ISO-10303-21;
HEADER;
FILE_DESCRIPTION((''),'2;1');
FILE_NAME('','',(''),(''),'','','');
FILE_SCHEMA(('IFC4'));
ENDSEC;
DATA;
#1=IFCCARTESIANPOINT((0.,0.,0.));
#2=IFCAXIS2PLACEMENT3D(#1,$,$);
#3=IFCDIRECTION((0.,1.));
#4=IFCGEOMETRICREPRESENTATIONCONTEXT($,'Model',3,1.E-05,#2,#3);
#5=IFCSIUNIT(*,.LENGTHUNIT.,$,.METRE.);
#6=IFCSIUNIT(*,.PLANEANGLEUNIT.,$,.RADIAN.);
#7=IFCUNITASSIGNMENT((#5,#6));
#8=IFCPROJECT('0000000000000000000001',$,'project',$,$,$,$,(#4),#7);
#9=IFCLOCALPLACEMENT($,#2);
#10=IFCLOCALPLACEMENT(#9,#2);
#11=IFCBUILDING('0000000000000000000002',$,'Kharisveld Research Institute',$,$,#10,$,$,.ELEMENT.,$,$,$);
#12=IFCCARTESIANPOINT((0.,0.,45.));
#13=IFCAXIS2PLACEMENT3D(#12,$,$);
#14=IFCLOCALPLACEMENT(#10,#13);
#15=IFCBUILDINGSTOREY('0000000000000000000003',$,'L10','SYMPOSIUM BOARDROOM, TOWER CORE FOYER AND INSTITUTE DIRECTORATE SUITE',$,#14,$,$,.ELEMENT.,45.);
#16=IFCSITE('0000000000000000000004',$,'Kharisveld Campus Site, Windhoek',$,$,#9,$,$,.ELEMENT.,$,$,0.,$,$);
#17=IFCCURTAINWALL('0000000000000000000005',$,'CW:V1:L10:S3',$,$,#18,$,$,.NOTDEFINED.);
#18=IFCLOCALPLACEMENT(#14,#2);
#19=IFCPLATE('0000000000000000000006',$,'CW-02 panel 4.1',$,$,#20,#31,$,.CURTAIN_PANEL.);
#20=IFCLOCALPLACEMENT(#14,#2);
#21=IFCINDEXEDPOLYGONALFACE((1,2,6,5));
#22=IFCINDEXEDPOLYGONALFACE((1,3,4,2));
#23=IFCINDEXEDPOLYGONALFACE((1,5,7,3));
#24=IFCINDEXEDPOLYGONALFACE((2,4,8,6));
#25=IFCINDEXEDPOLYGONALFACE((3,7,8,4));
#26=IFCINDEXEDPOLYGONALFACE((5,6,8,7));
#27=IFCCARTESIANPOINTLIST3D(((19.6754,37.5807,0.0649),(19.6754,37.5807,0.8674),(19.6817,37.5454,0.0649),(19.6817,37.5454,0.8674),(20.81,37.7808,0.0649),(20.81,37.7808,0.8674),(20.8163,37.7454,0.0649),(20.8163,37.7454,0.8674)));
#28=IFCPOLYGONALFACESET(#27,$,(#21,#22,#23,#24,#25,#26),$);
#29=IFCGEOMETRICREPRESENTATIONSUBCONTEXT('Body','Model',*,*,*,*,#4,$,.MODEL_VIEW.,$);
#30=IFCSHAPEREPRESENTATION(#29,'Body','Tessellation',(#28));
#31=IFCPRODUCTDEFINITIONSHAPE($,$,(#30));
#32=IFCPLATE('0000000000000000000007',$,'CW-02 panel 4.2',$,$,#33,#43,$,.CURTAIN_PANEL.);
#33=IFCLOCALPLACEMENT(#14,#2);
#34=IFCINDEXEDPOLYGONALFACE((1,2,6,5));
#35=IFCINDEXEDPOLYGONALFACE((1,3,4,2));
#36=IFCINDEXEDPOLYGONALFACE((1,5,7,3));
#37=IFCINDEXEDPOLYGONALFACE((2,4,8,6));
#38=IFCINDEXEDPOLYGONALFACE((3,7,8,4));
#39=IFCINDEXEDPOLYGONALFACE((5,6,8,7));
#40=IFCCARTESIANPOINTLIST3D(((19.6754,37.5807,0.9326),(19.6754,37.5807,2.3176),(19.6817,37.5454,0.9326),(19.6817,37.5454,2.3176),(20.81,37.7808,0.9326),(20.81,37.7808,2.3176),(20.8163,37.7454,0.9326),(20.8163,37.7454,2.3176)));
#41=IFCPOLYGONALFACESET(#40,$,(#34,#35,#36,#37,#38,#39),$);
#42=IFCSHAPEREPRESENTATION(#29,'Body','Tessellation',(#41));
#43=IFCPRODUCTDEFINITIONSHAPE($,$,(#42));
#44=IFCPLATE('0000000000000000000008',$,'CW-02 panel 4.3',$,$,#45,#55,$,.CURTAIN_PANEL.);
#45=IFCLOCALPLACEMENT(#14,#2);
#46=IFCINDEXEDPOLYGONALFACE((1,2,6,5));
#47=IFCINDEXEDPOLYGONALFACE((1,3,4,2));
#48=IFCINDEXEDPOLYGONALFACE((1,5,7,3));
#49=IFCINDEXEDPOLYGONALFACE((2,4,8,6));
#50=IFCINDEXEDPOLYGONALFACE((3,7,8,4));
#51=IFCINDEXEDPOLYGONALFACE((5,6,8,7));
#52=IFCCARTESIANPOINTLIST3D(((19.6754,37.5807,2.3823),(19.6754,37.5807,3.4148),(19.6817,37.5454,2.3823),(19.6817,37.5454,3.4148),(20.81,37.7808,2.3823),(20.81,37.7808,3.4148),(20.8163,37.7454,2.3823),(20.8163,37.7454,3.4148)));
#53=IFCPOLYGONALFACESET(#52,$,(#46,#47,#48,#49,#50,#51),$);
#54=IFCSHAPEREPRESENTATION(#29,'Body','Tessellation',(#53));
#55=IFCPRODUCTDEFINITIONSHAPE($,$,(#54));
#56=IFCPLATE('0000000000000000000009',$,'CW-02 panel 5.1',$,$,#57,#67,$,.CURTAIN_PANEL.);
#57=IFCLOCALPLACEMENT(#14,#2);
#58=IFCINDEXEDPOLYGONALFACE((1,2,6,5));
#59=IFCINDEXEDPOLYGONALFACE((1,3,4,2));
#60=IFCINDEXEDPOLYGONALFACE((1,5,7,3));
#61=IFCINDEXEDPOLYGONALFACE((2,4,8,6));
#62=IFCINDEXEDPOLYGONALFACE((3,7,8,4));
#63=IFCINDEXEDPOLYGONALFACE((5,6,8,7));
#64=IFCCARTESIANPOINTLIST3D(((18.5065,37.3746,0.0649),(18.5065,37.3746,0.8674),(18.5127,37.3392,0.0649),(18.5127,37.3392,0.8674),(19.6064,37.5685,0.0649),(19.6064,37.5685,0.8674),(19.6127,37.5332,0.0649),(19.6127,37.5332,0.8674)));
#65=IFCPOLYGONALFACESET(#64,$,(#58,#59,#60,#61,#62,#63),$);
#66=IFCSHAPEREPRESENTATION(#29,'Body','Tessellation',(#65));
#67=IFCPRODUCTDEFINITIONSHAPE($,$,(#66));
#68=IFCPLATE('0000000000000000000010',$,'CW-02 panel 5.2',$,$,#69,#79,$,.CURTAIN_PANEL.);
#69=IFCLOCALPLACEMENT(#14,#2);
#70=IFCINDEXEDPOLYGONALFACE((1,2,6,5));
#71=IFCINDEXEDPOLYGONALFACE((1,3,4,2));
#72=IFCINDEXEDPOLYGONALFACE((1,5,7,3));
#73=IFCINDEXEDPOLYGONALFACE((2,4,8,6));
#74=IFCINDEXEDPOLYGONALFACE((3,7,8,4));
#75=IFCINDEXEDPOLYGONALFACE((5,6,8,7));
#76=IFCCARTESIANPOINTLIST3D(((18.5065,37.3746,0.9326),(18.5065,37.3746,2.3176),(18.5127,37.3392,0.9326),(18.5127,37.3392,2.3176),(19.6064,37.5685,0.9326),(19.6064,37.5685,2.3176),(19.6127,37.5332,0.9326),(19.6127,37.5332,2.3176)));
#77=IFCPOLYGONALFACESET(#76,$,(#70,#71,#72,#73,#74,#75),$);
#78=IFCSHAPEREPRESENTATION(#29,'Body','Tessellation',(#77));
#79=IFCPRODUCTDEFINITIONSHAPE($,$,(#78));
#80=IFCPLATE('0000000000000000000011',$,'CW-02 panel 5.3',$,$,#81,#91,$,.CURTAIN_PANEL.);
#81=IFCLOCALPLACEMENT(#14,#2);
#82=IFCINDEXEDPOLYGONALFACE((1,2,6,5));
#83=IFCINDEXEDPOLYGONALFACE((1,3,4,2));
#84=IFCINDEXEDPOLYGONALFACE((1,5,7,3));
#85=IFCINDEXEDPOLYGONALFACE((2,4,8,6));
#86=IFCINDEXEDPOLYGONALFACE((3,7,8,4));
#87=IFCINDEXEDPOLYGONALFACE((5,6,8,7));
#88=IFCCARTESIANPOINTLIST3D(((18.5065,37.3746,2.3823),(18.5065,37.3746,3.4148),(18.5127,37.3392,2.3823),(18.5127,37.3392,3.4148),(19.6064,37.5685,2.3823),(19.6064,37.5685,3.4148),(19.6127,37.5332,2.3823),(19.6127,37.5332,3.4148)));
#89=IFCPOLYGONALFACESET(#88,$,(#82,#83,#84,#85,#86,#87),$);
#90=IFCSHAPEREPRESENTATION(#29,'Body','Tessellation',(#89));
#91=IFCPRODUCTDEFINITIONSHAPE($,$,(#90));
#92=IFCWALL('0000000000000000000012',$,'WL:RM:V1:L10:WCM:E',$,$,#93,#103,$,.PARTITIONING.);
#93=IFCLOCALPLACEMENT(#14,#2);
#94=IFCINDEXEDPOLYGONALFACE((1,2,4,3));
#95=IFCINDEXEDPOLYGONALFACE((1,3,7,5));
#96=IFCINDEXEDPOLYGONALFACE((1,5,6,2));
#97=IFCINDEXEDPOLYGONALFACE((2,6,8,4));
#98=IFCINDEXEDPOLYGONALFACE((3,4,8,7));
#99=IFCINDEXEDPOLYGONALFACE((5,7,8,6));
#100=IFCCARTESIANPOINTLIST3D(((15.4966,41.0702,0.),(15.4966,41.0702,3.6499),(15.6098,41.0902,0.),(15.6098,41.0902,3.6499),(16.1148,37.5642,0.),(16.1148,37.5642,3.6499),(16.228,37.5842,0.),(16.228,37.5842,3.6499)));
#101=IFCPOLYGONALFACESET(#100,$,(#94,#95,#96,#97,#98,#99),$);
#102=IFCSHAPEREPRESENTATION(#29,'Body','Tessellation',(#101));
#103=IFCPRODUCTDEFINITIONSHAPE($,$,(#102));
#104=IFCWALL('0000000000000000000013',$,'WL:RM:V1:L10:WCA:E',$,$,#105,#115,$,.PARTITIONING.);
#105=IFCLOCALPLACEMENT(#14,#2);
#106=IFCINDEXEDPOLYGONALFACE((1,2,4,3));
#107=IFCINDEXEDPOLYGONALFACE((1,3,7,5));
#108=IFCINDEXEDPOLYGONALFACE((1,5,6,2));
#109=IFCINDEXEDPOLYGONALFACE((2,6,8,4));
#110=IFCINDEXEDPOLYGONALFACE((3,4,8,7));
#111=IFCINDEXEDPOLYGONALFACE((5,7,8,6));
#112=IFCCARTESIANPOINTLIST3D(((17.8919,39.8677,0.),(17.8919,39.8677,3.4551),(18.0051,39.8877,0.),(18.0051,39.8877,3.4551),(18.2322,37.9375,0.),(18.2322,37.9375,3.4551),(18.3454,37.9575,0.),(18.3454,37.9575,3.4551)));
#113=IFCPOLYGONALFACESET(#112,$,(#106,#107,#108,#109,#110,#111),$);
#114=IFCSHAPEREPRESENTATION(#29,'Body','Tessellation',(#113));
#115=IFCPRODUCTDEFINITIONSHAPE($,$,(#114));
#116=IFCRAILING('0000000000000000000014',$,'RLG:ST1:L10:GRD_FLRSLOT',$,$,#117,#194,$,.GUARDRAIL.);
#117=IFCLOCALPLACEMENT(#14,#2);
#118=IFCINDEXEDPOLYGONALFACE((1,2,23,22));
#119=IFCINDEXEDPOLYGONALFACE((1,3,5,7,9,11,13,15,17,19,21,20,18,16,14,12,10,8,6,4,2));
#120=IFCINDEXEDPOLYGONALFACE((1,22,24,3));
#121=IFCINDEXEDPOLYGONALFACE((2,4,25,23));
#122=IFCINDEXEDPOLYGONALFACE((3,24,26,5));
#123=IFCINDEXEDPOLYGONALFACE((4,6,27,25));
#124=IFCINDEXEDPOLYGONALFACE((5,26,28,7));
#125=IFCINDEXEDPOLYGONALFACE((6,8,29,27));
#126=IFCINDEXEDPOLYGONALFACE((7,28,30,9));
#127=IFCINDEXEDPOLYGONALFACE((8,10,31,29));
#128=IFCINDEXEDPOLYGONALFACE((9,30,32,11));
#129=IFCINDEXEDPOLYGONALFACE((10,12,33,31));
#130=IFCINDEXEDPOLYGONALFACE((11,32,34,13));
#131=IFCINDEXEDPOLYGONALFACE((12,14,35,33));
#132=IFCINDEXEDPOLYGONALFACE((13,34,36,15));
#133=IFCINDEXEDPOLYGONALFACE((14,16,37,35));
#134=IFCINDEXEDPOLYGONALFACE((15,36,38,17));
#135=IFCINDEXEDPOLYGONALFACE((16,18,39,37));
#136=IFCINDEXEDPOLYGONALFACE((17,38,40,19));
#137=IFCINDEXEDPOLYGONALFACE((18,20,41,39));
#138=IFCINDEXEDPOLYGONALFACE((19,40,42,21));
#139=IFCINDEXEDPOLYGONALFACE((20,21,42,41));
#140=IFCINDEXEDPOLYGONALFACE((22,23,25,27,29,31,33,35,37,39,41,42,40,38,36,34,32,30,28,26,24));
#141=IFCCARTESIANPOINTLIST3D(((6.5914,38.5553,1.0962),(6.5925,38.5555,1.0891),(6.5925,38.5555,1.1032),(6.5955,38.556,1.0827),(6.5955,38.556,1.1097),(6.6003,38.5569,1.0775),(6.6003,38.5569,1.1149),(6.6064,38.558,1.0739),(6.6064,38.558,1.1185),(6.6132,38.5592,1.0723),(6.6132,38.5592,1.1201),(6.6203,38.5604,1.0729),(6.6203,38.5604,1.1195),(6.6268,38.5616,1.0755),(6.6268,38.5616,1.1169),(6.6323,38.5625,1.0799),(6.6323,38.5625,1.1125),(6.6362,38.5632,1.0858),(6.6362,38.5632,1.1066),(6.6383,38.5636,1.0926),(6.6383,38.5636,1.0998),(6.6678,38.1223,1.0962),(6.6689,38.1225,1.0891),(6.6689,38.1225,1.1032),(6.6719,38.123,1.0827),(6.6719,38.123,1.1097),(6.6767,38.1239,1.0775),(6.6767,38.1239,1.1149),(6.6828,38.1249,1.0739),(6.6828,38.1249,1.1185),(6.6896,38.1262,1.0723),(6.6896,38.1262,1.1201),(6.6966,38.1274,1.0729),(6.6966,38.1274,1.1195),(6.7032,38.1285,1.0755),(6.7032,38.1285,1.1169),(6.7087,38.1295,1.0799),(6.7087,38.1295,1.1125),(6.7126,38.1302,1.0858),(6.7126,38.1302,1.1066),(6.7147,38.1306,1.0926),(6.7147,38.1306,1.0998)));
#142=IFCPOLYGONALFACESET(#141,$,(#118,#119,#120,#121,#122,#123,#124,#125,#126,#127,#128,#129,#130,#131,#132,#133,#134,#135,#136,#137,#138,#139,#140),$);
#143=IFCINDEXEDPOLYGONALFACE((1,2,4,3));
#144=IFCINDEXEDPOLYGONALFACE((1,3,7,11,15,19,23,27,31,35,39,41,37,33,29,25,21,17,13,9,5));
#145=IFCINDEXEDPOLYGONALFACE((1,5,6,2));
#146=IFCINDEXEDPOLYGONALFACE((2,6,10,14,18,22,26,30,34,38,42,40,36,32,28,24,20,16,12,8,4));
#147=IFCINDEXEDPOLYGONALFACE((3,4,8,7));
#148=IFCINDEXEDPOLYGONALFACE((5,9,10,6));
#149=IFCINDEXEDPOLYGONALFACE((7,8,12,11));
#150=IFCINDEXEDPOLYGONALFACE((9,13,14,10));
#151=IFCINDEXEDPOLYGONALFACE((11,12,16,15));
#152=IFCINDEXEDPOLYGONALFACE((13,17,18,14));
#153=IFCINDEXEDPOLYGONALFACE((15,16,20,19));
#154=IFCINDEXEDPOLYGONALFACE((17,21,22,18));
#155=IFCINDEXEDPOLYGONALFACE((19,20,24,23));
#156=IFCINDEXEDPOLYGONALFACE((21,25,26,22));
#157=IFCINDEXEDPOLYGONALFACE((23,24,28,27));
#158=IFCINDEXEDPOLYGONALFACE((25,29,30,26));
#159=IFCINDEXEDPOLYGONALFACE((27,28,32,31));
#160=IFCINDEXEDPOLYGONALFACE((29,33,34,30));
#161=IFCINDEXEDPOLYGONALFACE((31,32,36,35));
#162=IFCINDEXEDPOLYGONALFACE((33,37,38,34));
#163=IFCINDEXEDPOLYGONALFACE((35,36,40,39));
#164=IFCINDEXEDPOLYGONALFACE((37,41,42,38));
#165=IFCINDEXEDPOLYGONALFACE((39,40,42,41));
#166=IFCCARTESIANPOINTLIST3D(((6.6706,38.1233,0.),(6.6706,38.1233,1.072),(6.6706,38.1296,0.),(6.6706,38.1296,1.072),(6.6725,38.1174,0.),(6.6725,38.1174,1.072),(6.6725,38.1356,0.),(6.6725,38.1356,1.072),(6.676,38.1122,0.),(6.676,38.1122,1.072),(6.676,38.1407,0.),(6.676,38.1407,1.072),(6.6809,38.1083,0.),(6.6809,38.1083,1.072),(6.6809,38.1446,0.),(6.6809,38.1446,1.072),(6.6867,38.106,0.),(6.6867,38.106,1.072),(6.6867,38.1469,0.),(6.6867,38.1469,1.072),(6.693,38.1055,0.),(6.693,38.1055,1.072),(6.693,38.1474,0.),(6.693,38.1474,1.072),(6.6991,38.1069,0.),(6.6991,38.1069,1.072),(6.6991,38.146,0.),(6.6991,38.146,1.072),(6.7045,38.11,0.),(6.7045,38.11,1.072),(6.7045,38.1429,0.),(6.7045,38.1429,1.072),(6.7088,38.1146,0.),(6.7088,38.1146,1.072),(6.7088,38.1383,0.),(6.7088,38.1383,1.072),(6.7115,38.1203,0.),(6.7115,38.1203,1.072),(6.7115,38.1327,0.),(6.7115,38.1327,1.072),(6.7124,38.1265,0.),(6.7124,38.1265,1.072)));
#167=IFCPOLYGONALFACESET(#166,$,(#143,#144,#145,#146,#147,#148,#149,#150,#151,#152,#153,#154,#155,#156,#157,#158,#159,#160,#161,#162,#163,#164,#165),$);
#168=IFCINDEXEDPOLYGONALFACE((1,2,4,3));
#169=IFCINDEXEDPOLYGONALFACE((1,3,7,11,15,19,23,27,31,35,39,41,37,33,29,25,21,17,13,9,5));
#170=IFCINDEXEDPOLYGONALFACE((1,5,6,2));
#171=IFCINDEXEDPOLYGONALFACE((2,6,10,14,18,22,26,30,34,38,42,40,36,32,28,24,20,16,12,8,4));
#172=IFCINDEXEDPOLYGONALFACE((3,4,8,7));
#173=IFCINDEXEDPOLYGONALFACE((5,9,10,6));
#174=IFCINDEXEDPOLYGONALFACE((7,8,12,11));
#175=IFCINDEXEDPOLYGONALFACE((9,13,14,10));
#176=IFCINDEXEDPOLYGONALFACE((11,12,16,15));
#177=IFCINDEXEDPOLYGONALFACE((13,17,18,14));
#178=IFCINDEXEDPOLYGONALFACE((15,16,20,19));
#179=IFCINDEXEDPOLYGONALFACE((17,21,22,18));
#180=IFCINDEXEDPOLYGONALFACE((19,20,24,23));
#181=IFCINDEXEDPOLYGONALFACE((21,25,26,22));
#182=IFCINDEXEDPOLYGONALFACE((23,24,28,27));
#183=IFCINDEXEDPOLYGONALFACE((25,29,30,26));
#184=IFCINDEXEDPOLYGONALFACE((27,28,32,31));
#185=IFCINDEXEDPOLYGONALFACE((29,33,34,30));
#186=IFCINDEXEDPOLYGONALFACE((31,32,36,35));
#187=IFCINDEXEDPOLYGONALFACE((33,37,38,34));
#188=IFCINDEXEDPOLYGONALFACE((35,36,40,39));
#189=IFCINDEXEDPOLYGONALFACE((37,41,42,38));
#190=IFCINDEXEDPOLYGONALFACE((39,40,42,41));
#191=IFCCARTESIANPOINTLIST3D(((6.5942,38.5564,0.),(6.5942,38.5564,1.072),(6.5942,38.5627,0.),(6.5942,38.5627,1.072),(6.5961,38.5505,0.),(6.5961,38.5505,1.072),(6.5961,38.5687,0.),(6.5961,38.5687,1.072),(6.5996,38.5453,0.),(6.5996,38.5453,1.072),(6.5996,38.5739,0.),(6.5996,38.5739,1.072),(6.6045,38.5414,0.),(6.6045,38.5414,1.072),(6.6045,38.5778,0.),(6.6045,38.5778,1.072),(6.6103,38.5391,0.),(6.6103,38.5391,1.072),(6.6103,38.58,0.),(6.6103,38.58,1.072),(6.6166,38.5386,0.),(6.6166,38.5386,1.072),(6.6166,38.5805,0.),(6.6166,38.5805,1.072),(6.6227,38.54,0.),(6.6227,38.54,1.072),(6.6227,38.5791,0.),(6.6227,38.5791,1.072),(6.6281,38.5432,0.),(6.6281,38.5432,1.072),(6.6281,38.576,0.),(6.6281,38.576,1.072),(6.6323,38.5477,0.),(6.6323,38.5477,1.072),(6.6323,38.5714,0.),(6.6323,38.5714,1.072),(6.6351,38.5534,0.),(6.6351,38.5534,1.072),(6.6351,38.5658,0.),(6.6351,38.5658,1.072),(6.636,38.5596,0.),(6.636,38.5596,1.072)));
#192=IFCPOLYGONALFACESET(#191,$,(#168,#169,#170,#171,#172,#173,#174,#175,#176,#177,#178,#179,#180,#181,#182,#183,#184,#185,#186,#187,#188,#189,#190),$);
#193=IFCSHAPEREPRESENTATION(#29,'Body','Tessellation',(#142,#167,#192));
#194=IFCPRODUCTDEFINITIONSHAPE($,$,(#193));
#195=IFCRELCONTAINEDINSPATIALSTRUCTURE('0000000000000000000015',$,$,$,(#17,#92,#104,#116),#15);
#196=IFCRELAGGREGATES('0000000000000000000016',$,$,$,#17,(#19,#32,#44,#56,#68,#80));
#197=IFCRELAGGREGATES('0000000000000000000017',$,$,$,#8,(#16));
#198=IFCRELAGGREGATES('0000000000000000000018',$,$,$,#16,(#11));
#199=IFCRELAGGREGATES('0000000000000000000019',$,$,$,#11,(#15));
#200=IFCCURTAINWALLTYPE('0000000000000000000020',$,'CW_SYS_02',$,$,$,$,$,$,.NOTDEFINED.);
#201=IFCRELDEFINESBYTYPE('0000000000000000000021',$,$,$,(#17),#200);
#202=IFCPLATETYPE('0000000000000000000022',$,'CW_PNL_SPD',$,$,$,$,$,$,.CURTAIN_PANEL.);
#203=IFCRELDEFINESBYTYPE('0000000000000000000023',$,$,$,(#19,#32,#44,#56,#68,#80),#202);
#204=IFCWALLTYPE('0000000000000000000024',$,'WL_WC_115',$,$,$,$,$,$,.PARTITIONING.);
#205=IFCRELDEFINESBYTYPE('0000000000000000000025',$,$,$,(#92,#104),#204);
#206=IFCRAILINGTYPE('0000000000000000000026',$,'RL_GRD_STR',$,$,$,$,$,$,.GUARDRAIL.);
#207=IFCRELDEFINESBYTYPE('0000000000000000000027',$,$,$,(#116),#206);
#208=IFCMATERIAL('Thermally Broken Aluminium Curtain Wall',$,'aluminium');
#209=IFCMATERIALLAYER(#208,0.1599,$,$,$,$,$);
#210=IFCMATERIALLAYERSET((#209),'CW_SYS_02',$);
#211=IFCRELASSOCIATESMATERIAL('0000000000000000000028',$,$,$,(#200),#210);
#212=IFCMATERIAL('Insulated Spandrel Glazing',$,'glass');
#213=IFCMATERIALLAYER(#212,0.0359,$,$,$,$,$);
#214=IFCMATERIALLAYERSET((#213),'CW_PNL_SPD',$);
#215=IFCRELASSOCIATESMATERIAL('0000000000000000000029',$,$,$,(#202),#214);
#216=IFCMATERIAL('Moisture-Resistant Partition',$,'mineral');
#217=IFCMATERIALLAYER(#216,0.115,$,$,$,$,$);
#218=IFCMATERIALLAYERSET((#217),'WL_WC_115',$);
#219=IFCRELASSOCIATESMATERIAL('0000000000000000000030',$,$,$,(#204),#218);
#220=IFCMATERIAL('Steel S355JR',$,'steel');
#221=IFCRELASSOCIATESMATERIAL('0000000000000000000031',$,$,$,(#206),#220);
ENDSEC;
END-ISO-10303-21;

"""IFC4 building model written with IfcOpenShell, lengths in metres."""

from ifc_helpers import new_model, si_unit, direction, frame, frame_2d, origin, origin_2d, place, context, subcontext, project, spatial, rectangle, circle, extrude, material, layer, layer_set, type_object, element, aggregate, save


model = new_model("IFC4")

# Units and contexts
model_context = context("Model", 3, precision=1e-05, world=origin(), true_north=direction((0.0, 1.0)))
body_context = subcontext(model_context, "Body", "Model", "MODEL_VIEW")
ifc_project = project(units=[si_unit("LENGTHUNIT", "METRE"), si_unit("PLANEANGLEUNIT", "RADIAN")], contexts=[model_context])

# Site, building, storey
site_placement = place(None, origin())
site = spatial("IfcSite", under=ifc_project, at=site_placement, Name="Kharisveld Campus Site, Windhoek", CompositionType="ELEMENT", RefElevation=0.0)
building_placement = place(site_placement, origin())
building = spatial("IfcBuilding", under=site, at=building_placement, Name="Kharisveld Research Institute", CompositionType="ELEMENT")
storey_placement = place(building_placement, frame((0.0, 0.0, 45.0)))
storey = spatial("IfcBuildingStorey", under=building, at=storey_placement, Name="L10", Description="SYMPOSIUM BOARDROOM, TOWER CORE FOYER AND INSTITUTE DIRECTORATE SUITE", CompositionType="ELEMENT", Elevation=45.0)

# Curtain wall, plates
ifc_material_1 = material(Name="Thermally Broken Aluminium Curtain Wall", Category="aluminium")
ifc_layer_1 = layer(ifc_material_1, 0.1599)
ifc_layer_set_1 = layer_set([ifc_layer_1], Name="CW_SYS_02")
curtain_wall_type = type_object("IfcCurtainWallType", Name="CW_SYS_02", PredefinedType="NOTDEFINED", material=ifc_layer_set_1)
curtain_wall_placement = place(storey_placement, origin())
curtain_wall = element("IfcCurtainWall", 1, at=curtain_wall_placement, inside=storey, type_object=curtain_wall_type, Name="CW:V1:L10:S3", PredefinedType="NOTDEFINED")
ifc_material_2 = material(Name="Insulated Spandrel Glazing", Category="glass")
ifc_layer_2 = layer(ifc_material_2, 0.0359)
ifc_layer_set_2 = layer_set([ifc_layer_2], Name="CW_PNL_SPD")
plate_type = type_object("IfcPlateType", Name="CW_PNL_SPD", PredefinedType="CURTAIN_PANEL", material=ifc_layer_set_2)
plate_1_placement = place(storey_placement, frame((20.2458, 37.6631, 0.0649), z_axis=(0.0, 0.0, 1.0), x_axis=(-0.984808, -0.173648, 0.0)))
plate_1 = element("IfcPlate", 2, at=plate_1_placement, type_object=plate_type, Name="CW-02 panel 4.1", PredefinedType="CURTAIN_PANEL", context=body_context, shape_type="SweptSolid", body=[
    extrude(rectangle(XDim=1.1521, YDim=0.0359, at=origin_2d()), origin(), (0.0, 0.0, 1.0), 0.8025),
])
plate_2_placement = place(storey_placement, frame((20.2458, 37.6631, 0.9326), z_axis=(0.0, 0.0, 1.0), x_axis=(-0.984808, -0.173648, 0.0)))
plate_2 = element("IfcPlate", 3, at=plate_2_placement, type_object=plate_type, Name="CW-02 panel 4.2", PredefinedType="CURTAIN_PANEL", context=body_context, shape_type="SweptSolid", body=[
    extrude(rectangle(XDim=1.1521, YDim=0.0359, at=origin_2d()), origin(), (0.0, 0.0, 1.0), 1.385),
])
plate_3_placement = place(storey_placement, frame((20.2458, 37.6631, 2.3823), z_axis=(0.0, 0.0, 1.0), x_axis=(-0.984808, -0.173648, 0.0)))
plate_3 = element("IfcPlate", 4, at=plate_3_placement, type_object=plate_type, Name="CW-02 panel 4.3", PredefinedType="CURTAIN_PANEL", context=body_context, shape_type="SweptSolid", body=[
    extrude(rectangle(XDim=1.1521, YDim=0.0359, at=origin_2d()), origin(), (0.0, 0.0, 1.0), 1.0325),
])
plate_4_placement = place(storey_placement, frame((19.0596, 37.4539, 0.0649), z_axis=(0.0, 0.0, 1.0), x_axis=(-0.984808, -0.173648, 0.0)))
plate_4 = element("IfcPlate", 5, at=plate_4_placement, type_object=plate_type, Name="CW-02 panel 5.1", PredefinedType="CURTAIN_PANEL", context=body_context, shape_type="SweptSolid", body=[
    extrude(rectangle(XDim=1.1169, YDim=0.0359, at=origin_2d()), origin(), (0.0, 0.0, 1.0), 0.8025),
])
plate_5_placement = place(storey_placement, frame((19.0596, 37.4539, 0.9326), z_axis=(0.0, 0.0, 1.0), x_axis=(-0.984808, -0.173648, 0.0)))
plate_5 = element("IfcPlate", 6, at=plate_5_placement, type_object=plate_type, Name="CW-02 panel 5.2", PredefinedType="CURTAIN_PANEL", context=body_context, shape_type="SweptSolid", body=[
    extrude(rectangle(XDim=1.1169, YDim=0.0359, at=origin_2d()), origin(), (0.0, 0.0, 1.0), 1.385),
])
plate_6_placement = place(storey_placement, frame((19.0596, 37.4539, 2.3823), z_axis=(0.0, 0.0, 1.0), x_axis=(-0.984808, -0.173648, 0.0)))
plate_6 = element("IfcPlate", 7, at=plate_6_placement, type_object=plate_type, Name="CW-02 panel 5.3", PredefinedType="CURTAIN_PANEL", context=body_context, shape_type="SweptSolid", body=[
    extrude(rectangle(XDim=1.1169, YDim=0.0359, at=origin_2d()), origin(), (0.0, 0.0, 1.0), 1.0325),
])
aggregate(curtain_wall, [plate_1, plate_2, plate_3, plate_4, plate_5, plate_6])

# Walls
ifc_material_3 = material(Name="Moisture-Resistant Partition", Category="mineral")
ifc_layer_3 = layer(ifc_material_3, 0.115)
ifc_layer_set_3 = layer_set([ifc_layer_3], Name="WL_WC_115")
wall_type = type_object("IfcWallType", Name="WL_WC_115", PredefinedType="PARTITIONING", material=ifc_layer_set_3)
wall_1_placement = place(storey_placement, frame((16.1714, 37.5742, 0.0), z_axis=(0.0, 0.0, 1.0), x_axis=(-0.173644, 0.984808, 0.0)))
element("IfcWall", 8, at=wall_1_placement, inside=storey, type_object=wall_type, Name="WL:RM:V1:L10:WCM:E", PredefinedType="PARTITIONING", context=body_context, shape_type="SweptSolid", body=[
    extrude(rectangle(XDim=3.5601, YDim=0.115, at=frame_2d((1.78, 0.0))), origin(), (0.0, 0.0, 1.0), 3.6499),
])
wall_2_placement = place(storey_placement, frame((18.2888, 37.9475, 0.0), z_axis=(0.0, 0.0, 1.0), x_axis=(-0.173643, 0.984809, 0.0)))
element("IfcWall", 9, at=wall_2_placement, inside=storey, type_object=wall_type, Name="WL:RM:V1:L10:WCA:E", PredefinedType="PARTITIONING", context=body_context, shape_type="SweptSolid", body=[
    extrude(rectangle(XDim=1.96, YDim=0.115, at=frame_2d((0.98, 0.0))), origin(), (0.0, 0.0, 1.0), 3.4551),
])

# Railing
ifc_material_4 = material(Name="Steel S355JR", Category="steel")
railing_type = type_object("IfcRailingType", Name="RL_GRD_STR", PredefinedType="GUARDRAIL", material=ifc_material_4)
railing_1_placement = place(storey_placement, frame((6.6914, 38.1265, 0.0)))
element("IfcRailing", 10, at=railing_1_placement, inside=storey, type_object=railing_type, Name="RLG:ST1:L10:GRD_FLRSLOT", PredefinedType="GUARDRAIL", context=body_context, shape_type="SweptSolid", body=[
    extrude(circle(Radius=0.0239, at=origin_2d()), frame((0.0, 0.0, 1.0962), z_axis=(-0.173754, 0.984789, 0.0), x_axis=(-0.984789, -0.173754, 0.0)), (0.0, 0.0, 1.0), 0.4397),
    extrude(circle(Radius=0.021, at=origin_2d()), origin(), (0.0, 0.0, 1.0), 1.072),
    extrude(circle(Radius=0.021, at=origin_2d()), frame((-0.0764, 0.4331, 0.0)), (0.0, 0.0, 1.0), 1.072),
])

save(model, "model.ifc")
